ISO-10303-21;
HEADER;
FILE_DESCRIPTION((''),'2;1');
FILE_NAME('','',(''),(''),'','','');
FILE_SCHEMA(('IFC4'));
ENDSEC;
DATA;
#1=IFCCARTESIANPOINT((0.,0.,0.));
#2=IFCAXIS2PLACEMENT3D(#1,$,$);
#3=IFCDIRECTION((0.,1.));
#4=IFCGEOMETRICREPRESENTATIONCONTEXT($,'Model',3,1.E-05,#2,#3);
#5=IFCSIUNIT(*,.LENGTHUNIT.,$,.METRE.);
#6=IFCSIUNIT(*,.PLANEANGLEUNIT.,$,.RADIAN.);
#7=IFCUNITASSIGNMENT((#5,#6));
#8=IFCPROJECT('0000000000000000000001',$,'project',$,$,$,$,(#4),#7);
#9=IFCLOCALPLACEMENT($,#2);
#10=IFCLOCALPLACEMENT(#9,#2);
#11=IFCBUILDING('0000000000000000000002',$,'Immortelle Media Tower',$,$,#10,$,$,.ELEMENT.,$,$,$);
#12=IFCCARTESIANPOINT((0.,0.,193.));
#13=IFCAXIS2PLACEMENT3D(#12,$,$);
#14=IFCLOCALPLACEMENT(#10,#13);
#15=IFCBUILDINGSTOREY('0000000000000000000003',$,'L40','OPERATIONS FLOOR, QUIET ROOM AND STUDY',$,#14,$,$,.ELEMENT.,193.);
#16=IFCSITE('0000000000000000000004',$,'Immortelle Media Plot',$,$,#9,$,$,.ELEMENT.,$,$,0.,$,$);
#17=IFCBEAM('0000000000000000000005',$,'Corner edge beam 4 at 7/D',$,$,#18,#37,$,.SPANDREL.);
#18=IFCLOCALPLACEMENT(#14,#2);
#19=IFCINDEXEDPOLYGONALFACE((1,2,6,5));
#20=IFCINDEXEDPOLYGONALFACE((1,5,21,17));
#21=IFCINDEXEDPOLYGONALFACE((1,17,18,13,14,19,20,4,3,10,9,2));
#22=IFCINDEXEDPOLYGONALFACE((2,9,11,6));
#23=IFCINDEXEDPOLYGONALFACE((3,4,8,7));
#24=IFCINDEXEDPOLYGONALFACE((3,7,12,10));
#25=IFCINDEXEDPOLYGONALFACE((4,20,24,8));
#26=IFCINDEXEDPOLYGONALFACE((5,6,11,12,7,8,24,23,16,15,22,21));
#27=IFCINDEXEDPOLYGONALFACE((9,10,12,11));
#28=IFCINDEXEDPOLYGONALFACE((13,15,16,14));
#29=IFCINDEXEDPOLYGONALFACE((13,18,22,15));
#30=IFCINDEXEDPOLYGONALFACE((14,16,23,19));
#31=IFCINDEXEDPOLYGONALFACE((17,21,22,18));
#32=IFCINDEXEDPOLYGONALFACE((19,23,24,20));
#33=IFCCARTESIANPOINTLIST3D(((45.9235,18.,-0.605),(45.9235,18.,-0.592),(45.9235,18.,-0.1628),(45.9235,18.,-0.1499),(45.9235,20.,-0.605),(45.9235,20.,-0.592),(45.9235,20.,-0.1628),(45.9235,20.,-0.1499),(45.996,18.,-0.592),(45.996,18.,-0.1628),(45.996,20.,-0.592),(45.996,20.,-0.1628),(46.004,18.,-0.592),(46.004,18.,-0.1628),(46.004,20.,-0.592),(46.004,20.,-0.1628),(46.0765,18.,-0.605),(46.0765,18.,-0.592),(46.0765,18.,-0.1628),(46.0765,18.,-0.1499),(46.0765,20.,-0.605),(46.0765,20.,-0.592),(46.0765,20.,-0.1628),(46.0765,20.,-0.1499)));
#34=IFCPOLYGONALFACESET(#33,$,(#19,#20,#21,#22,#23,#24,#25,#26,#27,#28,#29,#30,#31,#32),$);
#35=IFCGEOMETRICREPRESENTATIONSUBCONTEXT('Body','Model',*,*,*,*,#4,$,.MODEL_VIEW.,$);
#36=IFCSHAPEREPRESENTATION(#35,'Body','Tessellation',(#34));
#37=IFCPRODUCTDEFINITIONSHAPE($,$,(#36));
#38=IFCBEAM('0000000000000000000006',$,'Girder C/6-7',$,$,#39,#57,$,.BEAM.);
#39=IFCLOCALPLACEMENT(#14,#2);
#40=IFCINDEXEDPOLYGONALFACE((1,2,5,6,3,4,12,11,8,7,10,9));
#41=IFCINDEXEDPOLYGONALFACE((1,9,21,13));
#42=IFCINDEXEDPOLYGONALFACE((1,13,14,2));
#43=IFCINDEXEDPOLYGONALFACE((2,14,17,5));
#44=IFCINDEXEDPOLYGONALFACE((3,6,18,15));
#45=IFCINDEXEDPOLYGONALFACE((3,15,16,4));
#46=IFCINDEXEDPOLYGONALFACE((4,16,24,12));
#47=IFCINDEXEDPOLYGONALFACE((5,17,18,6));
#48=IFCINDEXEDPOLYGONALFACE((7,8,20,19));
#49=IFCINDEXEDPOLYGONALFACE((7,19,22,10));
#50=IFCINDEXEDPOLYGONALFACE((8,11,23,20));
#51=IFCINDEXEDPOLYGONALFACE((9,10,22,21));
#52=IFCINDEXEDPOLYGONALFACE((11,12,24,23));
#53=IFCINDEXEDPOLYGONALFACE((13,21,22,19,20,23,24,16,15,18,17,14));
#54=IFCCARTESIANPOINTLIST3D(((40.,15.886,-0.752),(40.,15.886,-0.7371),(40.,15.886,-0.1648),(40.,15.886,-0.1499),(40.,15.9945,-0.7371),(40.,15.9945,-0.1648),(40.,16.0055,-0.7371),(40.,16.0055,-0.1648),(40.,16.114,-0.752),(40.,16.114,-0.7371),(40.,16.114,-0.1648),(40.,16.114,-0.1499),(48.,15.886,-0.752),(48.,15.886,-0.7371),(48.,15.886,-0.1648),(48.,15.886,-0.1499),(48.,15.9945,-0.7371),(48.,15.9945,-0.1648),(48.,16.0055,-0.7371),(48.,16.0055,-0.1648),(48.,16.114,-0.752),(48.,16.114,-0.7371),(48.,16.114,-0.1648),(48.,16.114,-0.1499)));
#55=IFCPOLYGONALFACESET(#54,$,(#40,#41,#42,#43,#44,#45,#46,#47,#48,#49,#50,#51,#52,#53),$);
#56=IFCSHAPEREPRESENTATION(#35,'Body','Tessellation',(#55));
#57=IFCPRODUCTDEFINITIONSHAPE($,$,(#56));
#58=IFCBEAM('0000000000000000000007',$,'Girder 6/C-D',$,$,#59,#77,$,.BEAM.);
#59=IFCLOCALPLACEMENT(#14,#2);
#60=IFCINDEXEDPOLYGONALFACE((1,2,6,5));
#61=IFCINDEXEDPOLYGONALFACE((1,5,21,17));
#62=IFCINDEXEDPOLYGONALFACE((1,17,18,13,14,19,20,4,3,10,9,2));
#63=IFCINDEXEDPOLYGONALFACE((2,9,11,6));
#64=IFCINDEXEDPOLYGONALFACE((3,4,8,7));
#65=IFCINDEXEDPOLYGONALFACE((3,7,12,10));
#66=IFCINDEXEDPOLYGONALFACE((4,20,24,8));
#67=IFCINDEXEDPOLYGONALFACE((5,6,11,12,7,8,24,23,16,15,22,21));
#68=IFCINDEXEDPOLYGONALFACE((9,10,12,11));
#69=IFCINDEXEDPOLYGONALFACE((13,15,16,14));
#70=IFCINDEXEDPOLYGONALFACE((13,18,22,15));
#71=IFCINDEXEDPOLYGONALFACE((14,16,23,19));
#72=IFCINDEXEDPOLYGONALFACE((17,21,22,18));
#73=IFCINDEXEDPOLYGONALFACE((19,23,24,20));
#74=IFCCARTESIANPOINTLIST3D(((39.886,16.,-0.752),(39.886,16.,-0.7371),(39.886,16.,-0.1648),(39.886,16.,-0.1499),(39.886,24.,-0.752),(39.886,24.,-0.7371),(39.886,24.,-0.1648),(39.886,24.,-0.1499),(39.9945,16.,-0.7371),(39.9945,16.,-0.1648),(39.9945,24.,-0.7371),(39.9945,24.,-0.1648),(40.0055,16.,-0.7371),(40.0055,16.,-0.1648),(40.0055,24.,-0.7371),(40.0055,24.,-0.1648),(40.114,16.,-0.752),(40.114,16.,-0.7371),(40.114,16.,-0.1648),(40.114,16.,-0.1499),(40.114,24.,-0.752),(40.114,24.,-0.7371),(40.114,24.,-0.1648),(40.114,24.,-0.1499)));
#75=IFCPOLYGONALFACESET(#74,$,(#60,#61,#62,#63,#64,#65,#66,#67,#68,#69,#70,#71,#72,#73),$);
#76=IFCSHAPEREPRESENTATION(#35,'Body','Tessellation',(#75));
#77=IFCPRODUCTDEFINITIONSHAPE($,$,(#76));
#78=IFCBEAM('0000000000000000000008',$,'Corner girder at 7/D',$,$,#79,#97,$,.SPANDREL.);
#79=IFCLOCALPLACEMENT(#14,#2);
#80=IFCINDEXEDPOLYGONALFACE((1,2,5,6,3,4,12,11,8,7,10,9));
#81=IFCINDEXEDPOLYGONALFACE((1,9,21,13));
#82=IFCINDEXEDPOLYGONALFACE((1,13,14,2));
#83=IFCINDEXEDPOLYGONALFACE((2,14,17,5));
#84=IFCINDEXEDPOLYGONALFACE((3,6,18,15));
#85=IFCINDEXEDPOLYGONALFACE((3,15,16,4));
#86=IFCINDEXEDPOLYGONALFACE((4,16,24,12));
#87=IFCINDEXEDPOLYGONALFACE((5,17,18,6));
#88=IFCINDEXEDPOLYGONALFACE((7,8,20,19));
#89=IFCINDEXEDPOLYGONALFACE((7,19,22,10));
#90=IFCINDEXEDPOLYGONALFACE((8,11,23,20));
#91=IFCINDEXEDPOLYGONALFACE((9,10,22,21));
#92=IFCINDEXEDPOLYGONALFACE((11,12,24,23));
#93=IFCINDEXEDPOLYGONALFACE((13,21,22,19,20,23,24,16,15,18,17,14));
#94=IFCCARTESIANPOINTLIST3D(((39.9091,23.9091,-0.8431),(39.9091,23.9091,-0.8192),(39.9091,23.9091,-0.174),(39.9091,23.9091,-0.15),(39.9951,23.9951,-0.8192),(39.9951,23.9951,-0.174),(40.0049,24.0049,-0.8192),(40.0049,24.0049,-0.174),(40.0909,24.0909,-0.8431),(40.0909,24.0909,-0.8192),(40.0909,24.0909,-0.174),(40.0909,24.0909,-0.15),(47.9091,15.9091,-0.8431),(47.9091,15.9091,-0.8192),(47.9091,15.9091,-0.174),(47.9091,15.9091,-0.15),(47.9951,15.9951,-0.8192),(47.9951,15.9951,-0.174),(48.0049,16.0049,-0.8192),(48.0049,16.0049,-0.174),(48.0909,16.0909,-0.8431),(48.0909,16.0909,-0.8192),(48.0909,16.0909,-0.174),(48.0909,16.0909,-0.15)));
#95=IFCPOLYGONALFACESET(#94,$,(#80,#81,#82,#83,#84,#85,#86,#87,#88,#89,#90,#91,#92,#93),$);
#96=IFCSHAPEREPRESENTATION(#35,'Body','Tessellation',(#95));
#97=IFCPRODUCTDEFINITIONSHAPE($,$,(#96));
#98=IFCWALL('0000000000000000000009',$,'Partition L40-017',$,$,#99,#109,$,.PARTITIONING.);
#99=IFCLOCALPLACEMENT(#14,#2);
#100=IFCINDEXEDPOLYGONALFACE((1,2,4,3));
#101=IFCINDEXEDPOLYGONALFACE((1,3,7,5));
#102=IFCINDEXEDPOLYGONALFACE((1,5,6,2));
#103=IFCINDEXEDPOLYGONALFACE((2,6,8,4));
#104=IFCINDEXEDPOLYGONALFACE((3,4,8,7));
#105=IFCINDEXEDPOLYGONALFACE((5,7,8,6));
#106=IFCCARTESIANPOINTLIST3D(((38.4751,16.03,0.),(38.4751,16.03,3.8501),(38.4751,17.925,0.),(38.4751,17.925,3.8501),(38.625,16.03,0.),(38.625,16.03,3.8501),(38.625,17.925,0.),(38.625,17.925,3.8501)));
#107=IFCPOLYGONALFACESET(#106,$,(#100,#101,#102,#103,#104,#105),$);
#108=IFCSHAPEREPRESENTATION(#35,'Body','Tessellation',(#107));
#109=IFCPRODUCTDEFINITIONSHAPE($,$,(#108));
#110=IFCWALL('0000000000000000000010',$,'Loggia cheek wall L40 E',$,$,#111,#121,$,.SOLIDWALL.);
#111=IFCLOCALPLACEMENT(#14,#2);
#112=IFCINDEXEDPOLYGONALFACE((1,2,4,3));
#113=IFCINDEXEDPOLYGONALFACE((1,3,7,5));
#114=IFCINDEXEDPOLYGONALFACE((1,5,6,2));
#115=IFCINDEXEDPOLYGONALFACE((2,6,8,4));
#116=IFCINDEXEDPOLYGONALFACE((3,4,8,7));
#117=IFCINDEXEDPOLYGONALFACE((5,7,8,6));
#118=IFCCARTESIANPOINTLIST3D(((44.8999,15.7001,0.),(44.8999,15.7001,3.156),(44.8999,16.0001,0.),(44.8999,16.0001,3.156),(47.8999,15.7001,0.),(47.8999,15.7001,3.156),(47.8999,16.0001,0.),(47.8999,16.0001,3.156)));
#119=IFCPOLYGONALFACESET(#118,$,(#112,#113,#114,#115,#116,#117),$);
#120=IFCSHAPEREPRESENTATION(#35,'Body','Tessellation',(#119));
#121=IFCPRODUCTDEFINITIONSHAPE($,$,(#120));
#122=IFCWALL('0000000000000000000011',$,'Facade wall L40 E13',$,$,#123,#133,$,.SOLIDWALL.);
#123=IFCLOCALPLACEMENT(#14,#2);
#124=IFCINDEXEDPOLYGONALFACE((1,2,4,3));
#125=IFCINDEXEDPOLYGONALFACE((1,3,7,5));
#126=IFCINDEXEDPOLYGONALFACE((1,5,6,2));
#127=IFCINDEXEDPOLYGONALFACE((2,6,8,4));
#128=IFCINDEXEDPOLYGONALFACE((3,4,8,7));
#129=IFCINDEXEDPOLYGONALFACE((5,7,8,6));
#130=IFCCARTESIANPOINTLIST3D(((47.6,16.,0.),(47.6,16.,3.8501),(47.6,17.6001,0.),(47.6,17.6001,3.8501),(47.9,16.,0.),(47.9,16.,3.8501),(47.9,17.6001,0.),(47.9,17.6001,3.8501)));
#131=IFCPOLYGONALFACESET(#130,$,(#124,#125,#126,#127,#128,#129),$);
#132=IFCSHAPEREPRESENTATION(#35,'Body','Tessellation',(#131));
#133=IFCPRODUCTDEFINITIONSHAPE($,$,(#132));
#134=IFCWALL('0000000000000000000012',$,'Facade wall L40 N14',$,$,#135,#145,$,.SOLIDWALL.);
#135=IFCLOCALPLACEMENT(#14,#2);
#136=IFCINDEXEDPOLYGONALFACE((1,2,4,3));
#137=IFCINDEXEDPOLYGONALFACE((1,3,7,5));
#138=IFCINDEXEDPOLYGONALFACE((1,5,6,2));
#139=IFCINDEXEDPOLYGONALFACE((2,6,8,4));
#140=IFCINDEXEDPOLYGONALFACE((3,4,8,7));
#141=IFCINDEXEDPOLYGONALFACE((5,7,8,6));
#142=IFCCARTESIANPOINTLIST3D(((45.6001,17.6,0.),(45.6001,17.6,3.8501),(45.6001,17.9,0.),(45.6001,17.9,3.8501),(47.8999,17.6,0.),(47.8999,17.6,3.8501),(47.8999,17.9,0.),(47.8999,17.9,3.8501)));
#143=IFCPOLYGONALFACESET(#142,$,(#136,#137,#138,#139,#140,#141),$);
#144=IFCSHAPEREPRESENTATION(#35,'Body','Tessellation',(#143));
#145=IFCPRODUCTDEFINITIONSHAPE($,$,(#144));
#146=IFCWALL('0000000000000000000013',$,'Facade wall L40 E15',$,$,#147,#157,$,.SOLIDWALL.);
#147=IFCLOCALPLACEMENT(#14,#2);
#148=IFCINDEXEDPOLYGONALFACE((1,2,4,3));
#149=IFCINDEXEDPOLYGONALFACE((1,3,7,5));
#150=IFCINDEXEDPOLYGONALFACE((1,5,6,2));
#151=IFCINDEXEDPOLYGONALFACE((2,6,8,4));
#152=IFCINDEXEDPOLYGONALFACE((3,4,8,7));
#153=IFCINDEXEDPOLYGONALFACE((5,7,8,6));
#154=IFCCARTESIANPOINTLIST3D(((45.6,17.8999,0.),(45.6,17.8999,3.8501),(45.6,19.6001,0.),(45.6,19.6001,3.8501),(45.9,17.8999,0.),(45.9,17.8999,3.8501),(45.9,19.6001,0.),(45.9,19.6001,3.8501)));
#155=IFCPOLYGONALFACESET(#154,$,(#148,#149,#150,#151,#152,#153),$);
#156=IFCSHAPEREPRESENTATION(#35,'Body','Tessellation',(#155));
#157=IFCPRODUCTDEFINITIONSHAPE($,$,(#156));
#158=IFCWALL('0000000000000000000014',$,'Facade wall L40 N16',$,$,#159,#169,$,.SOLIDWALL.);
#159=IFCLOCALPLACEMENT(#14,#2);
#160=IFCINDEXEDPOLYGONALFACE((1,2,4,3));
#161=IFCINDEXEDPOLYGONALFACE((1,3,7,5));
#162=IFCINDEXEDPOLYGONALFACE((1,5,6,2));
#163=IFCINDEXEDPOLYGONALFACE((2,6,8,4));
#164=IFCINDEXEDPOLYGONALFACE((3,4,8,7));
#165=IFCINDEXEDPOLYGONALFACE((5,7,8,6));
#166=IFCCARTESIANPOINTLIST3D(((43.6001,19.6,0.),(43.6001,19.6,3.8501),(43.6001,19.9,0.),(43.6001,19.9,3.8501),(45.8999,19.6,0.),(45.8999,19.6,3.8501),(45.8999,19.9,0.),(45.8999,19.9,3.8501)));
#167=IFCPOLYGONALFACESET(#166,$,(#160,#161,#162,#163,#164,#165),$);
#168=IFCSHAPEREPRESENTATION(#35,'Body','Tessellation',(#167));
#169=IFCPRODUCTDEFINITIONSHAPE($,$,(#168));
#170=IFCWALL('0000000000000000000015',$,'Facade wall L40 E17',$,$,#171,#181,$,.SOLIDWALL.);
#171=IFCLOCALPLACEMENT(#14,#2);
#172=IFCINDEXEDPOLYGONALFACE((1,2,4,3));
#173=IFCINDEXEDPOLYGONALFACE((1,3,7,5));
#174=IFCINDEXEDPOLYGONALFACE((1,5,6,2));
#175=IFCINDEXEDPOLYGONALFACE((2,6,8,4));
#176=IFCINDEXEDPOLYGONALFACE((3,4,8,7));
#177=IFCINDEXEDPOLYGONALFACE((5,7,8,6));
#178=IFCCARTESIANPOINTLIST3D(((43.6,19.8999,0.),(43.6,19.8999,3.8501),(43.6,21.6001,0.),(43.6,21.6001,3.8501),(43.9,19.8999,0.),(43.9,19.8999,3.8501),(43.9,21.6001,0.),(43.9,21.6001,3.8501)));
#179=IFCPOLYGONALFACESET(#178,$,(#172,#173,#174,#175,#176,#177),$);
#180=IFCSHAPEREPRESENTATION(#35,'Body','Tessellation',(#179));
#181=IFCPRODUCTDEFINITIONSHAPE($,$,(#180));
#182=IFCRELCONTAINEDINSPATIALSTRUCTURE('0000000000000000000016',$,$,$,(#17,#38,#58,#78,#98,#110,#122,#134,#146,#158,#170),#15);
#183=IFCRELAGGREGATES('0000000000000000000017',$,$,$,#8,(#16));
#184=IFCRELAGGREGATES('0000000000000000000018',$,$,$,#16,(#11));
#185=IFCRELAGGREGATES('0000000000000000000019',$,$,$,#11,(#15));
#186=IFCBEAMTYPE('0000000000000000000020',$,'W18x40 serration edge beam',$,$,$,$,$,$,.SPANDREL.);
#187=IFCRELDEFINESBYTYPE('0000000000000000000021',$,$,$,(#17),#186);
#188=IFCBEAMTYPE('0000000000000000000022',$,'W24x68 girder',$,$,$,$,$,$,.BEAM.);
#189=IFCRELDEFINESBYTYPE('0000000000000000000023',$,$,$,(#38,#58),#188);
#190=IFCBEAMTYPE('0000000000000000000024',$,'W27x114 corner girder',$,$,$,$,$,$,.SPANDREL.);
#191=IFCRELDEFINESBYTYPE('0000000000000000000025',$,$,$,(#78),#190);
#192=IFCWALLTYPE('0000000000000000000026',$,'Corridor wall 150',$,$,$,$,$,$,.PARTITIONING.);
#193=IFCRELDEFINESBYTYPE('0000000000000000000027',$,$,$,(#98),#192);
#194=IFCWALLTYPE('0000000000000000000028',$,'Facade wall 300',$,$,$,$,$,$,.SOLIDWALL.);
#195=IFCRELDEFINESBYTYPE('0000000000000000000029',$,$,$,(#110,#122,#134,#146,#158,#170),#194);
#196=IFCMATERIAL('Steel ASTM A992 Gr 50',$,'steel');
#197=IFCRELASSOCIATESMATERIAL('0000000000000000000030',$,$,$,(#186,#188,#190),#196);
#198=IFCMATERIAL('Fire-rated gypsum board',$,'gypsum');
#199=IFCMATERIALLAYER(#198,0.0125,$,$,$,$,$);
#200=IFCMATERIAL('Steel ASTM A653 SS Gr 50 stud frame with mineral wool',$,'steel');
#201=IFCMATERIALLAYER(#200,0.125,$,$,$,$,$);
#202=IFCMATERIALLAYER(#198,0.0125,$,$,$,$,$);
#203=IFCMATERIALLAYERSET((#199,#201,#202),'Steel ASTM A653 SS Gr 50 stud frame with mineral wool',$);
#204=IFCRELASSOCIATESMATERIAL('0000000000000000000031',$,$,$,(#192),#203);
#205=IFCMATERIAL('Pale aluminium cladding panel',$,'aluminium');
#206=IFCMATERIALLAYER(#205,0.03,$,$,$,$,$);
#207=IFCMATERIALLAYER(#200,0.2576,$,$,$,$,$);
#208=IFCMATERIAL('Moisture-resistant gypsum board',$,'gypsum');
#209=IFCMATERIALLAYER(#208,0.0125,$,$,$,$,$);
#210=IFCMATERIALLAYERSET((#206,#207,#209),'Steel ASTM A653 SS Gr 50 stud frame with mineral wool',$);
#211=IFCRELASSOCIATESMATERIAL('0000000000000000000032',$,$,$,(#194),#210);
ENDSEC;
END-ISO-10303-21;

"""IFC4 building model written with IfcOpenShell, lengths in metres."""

from ifc_helpers import new_model, si_unit, direction, frame, frame_2d, origin, origin_2d, place, context, subcontext, project, spatial, rectangle, i_section, extrude, material, layer, layer_set, material_profile, profile_set, type_object, element, save


model = new_model("IFC4")

# Units and contexts
model_context = context("Model", 3, precision=1e-05, world=origin(), true_north=direction((0.0, 1.0)))
body_context = subcontext(model_context, "Body", "Model", "MODEL_VIEW")
ifc_project = project(units=[si_unit("LENGTHUNIT", "METRE"), si_unit("PLANEANGLEUNIT", "RADIAN")], contexts=[model_context])

# Site, building, storey
site_placement = place(None, origin())
site = spatial("IfcSite", under=ifc_project, at=site_placement, Name="Immortelle Media Plot", CompositionType="ELEMENT", RefElevation=0.0)
building_placement = place(site_placement, origin())
building = spatial("IfcBuilding", under=site, at=building_placement, Name="Immortelle Media Tower", CompositionType="ELEMENT")
storey_placement = place(building_placement, frame((0.0, 0.0, 193.0)))
storey = spatial("IfcBuildingStorey", under=building, at=storey_placement, Name="L40", Description="OPERATIONS FLOOR, QUIET ROOM AND STUDY", CompositionType="ELEMENT", Elevation=193.0)

# Shared definitions
ifc_material_1 = material(Name="Steel ASTM A992 Gr 50", Category="steel")

# Beams
ifc_material_profile_1 = material_profile(ifc_material_1, i_section(OverallWidth=0.1531, OverallDepth=0.4551, WebThickness=0.0081, FlangeThickness=0.0129, at=origin_2d()), Name="W18x40")
ifc_profile_set_1 = profile_set([ifc_material_profile_1], Name="Steel ASTM A992 Gr 50")
beam_type_1 = type_object("IfcBeamType", Name="W18x40 serration edge beam", PredefinedType="SPANDREL", material=ifc_profile_set_1)
for number, where, z_axis, x_axis, name in (
    (1, (46.0, 20.0, -0.3774), (0.0, -1.0, 0.0), (1.0, 0.0, 0.0), "Corner edge beam 4 at 7/D"),
):
    element("IfcBeam", number, at=place(storey_placement, frame(where, z_axis=z_axis, x_axis=x_axis)), inside=storey, type_object=beam_type_1, Name=name, PredefinedType="SPANDREL", context=body_context, shape_type="SweptSolid", body=[
        extrude(i_section(OverallWidth=0.1531, OverallDepth=0.4551, WebThickness=0.0081, FlangeThickness=0.0129, at=origin_2d()), origin(), (0.0, 0.0, 1.0), 2.0),
    ])
ifc_material_profile_2 = material_profile(ifc_material_1, i_section(OverallWidth=0.228, OverallDepth=0.6021, WebThickness=0.011, FlangeThickness=0.0149, at=origin_2d()), Name="W24x68")
ifc_profile_set_2 = profile_set([ifc_material_profile_2], Name="Steel ASTM A992 Gr 50")
beam_type_2 = type_object("IfcBeamType", Name="W24x68 girder", PredefinedType="BEAM", material=ifc_profile_set_2)
for number, where, z_axis, x_axis, name in (
    (2, (40.0, 16.0, -0.4509), (1.0, 0.0, 0.0), (0.0, 1.0, 0.0), "Girder C/6-7"),
    (3, (40.0, 16.0, -0.4509), (0.0, 1.0, 0.0), (-1.0, 0.0, 0.0), "Girder 6/C-D"),
):
    element("IfcBeam", number, at=place(storey_placement, frame(where, z_axis=z_axis, x_axis=x_axis)), inside=storey, type_object=beam_type_2, Name=name, PredefinedType="BEAM", context=body_context, shape_type="SweptSolid", body=[
        extrude(i_section(OverallWidth=0.228, OverallDepth=0.6021, WebThickness=0.011, FlangeThickness=0.0149, at=origin_2d()), origin(), (0.0, 0.0, 1.0), 8.0),
    ])
ifc_material_profile_3 = material_profile(ifc_material_1, i_section(OverallWidth=0.2571, OverallDepth=0.6931, WebThickness=0.0139, FlangeThickness=0.0239, at=origin_2d()), Name="W27x114")
ifc_profile_set_3 = profile_set([ifc_material_profile_3], Name="Steel ASTM A992 Gr 50")
beam_type_3 = type_object("IfcBeamType", Name="W27x114 corner girder", PredefinedType="SPANDREL", material=ifc_profile_set_3)
beam_1_placement = place(storey_placement, frame((40.0, 24.0, -0.4966), z_axis=(0.707107, -0.707107, 0.0), x_axis=(0.707107, 0.707107, 0.0)))
element("IfcBeam", 4, at=beam_1_placement, inside=storey, type_object=beam_type_3, Name="Corner girder at 7/D", PredefinedType="SPANDREL", context=body_context, shape_type="SweptSolid", body=[
    extrude(i_section(OverallWidth=0.2571, OverallDepth=0.6931, WebThickness=0.0139, FlangeThickness=0.0239, at=origin_2d()), origin(), (0.0, 0.0, 1.0), 11.3137),
])

# Walls
ifc_material_2 = material(Name="Fire-rated gypsum board", Category="gypsum")
ifc_layer_1 = layer(ifc_material_2, 0.0125)
ifc_material_3 = material(Name="Steel ASTM A653 SS Gr 50 stud frame with mineral wool", Category="steel")
ifc_layer_2 = layer(ifc_material_3, 0.125)
ifc_layer_3 = layer(ifc_material_2, 0.0125)
ifc_layer_set_1 = layer_set([ifc_layer_1, ifc_layer_2, ifc_layer_3], Name="Steel ASTM A653 SS Gr 50 stud frame with mineral wool")
wall_type_1 = type_object("IfcWallType", Name="Corridor wall 150", PredefinedType="PARTITIONING", material=ifc_layer_set_1)
wall_1_placement = place(storey_placement, frame((38.55, 16.03, 0.0), z_axis=(0.0, 0.0, 1.0), x_axis=(0.0, 1.0, 0.0)))
element("IfcWall", 5, at=wall_1_placement, inside=storey, type_object=wall_type_1, Name="Partition L40-017", PredefinedType="PARTITIONING", context=body_context, shape_type="SweptSolid", body=[
    extrude(rectangle(XDim=1.895, YDim=0.1499, at=frame_2d((0.9475, 0.0))), origin(), (0.0, 0.0, 1.0), 3.8501),
])
ifc_material_4 = material(Name="Pale aluminium cladding panel", Category="aluminium")
ifc_layer_4 = layer(ifc_material_4, 0.03)
ifc_layer_5 = layer(ifc_material_3, 0.2576)
ifc_material_5 = material(Name="Moisture-resistant gypsum board", Category="gypsum")
ifc_layer_6 = layer(ifc_material_5, 0.0125)
ifc_layer_set_2 = layer_set([ifc_layer_4, ifc_layer_5, ifc_layer_6], Name="Steel ASTM A653 SS Gr 50 stud frame with mineral wool")
wall_type_2 = type_object("IfcWallType", Name="Facade wall 300", PredefinedType="SOLIDWALL", material=ifc_layer_set_2)
wall_2_placement = place(storey_placement, frame((47.8999, 15.8501, 0.0), z_axis=(0.0, 0.0, 1.0), x_axis=(-1.0, 0.0, 0.0)))
element("IfcWall", 6, at=wall_2_placement, inside=storey, type_object=wall_type_2, Name="Loggia cheek wall L40 E", PredefinedType="SOLIDWALL", context=body_context, shape_type="SweptSolid", body=[
    extrude(rectangle(XDim=3.0, YDim=0.3, at=frame_2d((1.5, 0.0))), origin(), (0.0, 0.0, 1.0), 3.156),
])
wall_3_placement = place(storey_placement, frame((47.75, 16.0, 0.0), z_axis=(0.0, 0.0, 1.0), x_axis=(0.0, 1.0, 0.0)))
element("IfcWall", 7, at=wall_3_placement, inside=storey, type_object=wall_type_2, Name="Facade wall L40 E13", PredefinedType="SOLIDWALL", context=body_context, shape_type="SweptSolid", body=[
    extrude(rectangle(XDim=1.6001, YDim=0.3, at=frame_2d((0.8, 0.0))), origin(), (0.0, 0.0, 1.0), 3.8501),
])
wall_4_placement = place(storey_placement, frame((47.8999, 17.75, 0.0), z_axis=(0.0, 0.0, 1.0), x_axis=(-1.0, 0.0, 0.0)))
element("IfcWall", 8, at=wall_4_placement, inside=storey, type_object=wall_type_2, Name="Facade wall L40 N14", PredefinedType="SOLIDWALL", context=body_context, shape_type="SweptSolid", body=[
    extrude(rectangle(XDim=2.2998, YDim=0.3, at=frame_2d((1.1499, 0.0))), origin(), (0.0, 0.0, 1.0), 3.8501),
])
wall_5_placement = place(storey_placement, frame((45.75, 17.8999, 0.0), z_axis=(0.0, 0.0, 1.0), x_axis=(0.0, 1.0, 0.0)))
element("IfcWall", 9, at=wall_5_placement, inside=storey, type_object=wall_type_2, Name="Facade wall L40 E15", PredefinedType="SOLIDWALL", context=body_context, shape_type="SweptSolid", body=[
    extrude(rectangle(XDim=1.7002, YDim=0.3, at=frame_2d((0.8501, 0.0))), origin(), (0.0, 0.0, 1.0), 3.8501),
])
wall_6_placement = place(storey_placement, frame((45.8999, 19.75, 0.0), z_axis=(0.0, 0.0, 1.0), x_axis=(-1.0, 0.0, 0.0)))
element("IfcWall", 10, at=wall_6_placement, inside=storey, type_object=wall_type_2, Name="Facade wall L40 N16", PredefinedType="SOLIDWALL", context=body_context, shape_type="SweptSolid", body=[
    extrude(rectangle(XDim=2.2998, YDim=0.3, at=frame_2d((1.1499, 0.0))), origin(), (0.0, 0.0, 1.0), 3.8501),
])
wall_7_placement = place(storey_placement, frame((43.75, 19.8999, 0.0), z_axis=(0.0, 0.0, 1.0), x_axis=(0.0, 1.0, 0.0)))
element("IfcWall", 11, at=wall_7_placement, inside=storey, type_object=wall_type_2, Name="Facade wall L40 E17", PredefinedType="SOLIDWALL", context=body_context, shape_type="SweptSolid", body=[
    extrude(rectangle(XDim=1.7002, YDim=0.3, at=frame_2d((0.8501, 0.0))), origin(), (0.0, 0.0, 1.0), 3.8501),
])

save(model, "model.ifc")
